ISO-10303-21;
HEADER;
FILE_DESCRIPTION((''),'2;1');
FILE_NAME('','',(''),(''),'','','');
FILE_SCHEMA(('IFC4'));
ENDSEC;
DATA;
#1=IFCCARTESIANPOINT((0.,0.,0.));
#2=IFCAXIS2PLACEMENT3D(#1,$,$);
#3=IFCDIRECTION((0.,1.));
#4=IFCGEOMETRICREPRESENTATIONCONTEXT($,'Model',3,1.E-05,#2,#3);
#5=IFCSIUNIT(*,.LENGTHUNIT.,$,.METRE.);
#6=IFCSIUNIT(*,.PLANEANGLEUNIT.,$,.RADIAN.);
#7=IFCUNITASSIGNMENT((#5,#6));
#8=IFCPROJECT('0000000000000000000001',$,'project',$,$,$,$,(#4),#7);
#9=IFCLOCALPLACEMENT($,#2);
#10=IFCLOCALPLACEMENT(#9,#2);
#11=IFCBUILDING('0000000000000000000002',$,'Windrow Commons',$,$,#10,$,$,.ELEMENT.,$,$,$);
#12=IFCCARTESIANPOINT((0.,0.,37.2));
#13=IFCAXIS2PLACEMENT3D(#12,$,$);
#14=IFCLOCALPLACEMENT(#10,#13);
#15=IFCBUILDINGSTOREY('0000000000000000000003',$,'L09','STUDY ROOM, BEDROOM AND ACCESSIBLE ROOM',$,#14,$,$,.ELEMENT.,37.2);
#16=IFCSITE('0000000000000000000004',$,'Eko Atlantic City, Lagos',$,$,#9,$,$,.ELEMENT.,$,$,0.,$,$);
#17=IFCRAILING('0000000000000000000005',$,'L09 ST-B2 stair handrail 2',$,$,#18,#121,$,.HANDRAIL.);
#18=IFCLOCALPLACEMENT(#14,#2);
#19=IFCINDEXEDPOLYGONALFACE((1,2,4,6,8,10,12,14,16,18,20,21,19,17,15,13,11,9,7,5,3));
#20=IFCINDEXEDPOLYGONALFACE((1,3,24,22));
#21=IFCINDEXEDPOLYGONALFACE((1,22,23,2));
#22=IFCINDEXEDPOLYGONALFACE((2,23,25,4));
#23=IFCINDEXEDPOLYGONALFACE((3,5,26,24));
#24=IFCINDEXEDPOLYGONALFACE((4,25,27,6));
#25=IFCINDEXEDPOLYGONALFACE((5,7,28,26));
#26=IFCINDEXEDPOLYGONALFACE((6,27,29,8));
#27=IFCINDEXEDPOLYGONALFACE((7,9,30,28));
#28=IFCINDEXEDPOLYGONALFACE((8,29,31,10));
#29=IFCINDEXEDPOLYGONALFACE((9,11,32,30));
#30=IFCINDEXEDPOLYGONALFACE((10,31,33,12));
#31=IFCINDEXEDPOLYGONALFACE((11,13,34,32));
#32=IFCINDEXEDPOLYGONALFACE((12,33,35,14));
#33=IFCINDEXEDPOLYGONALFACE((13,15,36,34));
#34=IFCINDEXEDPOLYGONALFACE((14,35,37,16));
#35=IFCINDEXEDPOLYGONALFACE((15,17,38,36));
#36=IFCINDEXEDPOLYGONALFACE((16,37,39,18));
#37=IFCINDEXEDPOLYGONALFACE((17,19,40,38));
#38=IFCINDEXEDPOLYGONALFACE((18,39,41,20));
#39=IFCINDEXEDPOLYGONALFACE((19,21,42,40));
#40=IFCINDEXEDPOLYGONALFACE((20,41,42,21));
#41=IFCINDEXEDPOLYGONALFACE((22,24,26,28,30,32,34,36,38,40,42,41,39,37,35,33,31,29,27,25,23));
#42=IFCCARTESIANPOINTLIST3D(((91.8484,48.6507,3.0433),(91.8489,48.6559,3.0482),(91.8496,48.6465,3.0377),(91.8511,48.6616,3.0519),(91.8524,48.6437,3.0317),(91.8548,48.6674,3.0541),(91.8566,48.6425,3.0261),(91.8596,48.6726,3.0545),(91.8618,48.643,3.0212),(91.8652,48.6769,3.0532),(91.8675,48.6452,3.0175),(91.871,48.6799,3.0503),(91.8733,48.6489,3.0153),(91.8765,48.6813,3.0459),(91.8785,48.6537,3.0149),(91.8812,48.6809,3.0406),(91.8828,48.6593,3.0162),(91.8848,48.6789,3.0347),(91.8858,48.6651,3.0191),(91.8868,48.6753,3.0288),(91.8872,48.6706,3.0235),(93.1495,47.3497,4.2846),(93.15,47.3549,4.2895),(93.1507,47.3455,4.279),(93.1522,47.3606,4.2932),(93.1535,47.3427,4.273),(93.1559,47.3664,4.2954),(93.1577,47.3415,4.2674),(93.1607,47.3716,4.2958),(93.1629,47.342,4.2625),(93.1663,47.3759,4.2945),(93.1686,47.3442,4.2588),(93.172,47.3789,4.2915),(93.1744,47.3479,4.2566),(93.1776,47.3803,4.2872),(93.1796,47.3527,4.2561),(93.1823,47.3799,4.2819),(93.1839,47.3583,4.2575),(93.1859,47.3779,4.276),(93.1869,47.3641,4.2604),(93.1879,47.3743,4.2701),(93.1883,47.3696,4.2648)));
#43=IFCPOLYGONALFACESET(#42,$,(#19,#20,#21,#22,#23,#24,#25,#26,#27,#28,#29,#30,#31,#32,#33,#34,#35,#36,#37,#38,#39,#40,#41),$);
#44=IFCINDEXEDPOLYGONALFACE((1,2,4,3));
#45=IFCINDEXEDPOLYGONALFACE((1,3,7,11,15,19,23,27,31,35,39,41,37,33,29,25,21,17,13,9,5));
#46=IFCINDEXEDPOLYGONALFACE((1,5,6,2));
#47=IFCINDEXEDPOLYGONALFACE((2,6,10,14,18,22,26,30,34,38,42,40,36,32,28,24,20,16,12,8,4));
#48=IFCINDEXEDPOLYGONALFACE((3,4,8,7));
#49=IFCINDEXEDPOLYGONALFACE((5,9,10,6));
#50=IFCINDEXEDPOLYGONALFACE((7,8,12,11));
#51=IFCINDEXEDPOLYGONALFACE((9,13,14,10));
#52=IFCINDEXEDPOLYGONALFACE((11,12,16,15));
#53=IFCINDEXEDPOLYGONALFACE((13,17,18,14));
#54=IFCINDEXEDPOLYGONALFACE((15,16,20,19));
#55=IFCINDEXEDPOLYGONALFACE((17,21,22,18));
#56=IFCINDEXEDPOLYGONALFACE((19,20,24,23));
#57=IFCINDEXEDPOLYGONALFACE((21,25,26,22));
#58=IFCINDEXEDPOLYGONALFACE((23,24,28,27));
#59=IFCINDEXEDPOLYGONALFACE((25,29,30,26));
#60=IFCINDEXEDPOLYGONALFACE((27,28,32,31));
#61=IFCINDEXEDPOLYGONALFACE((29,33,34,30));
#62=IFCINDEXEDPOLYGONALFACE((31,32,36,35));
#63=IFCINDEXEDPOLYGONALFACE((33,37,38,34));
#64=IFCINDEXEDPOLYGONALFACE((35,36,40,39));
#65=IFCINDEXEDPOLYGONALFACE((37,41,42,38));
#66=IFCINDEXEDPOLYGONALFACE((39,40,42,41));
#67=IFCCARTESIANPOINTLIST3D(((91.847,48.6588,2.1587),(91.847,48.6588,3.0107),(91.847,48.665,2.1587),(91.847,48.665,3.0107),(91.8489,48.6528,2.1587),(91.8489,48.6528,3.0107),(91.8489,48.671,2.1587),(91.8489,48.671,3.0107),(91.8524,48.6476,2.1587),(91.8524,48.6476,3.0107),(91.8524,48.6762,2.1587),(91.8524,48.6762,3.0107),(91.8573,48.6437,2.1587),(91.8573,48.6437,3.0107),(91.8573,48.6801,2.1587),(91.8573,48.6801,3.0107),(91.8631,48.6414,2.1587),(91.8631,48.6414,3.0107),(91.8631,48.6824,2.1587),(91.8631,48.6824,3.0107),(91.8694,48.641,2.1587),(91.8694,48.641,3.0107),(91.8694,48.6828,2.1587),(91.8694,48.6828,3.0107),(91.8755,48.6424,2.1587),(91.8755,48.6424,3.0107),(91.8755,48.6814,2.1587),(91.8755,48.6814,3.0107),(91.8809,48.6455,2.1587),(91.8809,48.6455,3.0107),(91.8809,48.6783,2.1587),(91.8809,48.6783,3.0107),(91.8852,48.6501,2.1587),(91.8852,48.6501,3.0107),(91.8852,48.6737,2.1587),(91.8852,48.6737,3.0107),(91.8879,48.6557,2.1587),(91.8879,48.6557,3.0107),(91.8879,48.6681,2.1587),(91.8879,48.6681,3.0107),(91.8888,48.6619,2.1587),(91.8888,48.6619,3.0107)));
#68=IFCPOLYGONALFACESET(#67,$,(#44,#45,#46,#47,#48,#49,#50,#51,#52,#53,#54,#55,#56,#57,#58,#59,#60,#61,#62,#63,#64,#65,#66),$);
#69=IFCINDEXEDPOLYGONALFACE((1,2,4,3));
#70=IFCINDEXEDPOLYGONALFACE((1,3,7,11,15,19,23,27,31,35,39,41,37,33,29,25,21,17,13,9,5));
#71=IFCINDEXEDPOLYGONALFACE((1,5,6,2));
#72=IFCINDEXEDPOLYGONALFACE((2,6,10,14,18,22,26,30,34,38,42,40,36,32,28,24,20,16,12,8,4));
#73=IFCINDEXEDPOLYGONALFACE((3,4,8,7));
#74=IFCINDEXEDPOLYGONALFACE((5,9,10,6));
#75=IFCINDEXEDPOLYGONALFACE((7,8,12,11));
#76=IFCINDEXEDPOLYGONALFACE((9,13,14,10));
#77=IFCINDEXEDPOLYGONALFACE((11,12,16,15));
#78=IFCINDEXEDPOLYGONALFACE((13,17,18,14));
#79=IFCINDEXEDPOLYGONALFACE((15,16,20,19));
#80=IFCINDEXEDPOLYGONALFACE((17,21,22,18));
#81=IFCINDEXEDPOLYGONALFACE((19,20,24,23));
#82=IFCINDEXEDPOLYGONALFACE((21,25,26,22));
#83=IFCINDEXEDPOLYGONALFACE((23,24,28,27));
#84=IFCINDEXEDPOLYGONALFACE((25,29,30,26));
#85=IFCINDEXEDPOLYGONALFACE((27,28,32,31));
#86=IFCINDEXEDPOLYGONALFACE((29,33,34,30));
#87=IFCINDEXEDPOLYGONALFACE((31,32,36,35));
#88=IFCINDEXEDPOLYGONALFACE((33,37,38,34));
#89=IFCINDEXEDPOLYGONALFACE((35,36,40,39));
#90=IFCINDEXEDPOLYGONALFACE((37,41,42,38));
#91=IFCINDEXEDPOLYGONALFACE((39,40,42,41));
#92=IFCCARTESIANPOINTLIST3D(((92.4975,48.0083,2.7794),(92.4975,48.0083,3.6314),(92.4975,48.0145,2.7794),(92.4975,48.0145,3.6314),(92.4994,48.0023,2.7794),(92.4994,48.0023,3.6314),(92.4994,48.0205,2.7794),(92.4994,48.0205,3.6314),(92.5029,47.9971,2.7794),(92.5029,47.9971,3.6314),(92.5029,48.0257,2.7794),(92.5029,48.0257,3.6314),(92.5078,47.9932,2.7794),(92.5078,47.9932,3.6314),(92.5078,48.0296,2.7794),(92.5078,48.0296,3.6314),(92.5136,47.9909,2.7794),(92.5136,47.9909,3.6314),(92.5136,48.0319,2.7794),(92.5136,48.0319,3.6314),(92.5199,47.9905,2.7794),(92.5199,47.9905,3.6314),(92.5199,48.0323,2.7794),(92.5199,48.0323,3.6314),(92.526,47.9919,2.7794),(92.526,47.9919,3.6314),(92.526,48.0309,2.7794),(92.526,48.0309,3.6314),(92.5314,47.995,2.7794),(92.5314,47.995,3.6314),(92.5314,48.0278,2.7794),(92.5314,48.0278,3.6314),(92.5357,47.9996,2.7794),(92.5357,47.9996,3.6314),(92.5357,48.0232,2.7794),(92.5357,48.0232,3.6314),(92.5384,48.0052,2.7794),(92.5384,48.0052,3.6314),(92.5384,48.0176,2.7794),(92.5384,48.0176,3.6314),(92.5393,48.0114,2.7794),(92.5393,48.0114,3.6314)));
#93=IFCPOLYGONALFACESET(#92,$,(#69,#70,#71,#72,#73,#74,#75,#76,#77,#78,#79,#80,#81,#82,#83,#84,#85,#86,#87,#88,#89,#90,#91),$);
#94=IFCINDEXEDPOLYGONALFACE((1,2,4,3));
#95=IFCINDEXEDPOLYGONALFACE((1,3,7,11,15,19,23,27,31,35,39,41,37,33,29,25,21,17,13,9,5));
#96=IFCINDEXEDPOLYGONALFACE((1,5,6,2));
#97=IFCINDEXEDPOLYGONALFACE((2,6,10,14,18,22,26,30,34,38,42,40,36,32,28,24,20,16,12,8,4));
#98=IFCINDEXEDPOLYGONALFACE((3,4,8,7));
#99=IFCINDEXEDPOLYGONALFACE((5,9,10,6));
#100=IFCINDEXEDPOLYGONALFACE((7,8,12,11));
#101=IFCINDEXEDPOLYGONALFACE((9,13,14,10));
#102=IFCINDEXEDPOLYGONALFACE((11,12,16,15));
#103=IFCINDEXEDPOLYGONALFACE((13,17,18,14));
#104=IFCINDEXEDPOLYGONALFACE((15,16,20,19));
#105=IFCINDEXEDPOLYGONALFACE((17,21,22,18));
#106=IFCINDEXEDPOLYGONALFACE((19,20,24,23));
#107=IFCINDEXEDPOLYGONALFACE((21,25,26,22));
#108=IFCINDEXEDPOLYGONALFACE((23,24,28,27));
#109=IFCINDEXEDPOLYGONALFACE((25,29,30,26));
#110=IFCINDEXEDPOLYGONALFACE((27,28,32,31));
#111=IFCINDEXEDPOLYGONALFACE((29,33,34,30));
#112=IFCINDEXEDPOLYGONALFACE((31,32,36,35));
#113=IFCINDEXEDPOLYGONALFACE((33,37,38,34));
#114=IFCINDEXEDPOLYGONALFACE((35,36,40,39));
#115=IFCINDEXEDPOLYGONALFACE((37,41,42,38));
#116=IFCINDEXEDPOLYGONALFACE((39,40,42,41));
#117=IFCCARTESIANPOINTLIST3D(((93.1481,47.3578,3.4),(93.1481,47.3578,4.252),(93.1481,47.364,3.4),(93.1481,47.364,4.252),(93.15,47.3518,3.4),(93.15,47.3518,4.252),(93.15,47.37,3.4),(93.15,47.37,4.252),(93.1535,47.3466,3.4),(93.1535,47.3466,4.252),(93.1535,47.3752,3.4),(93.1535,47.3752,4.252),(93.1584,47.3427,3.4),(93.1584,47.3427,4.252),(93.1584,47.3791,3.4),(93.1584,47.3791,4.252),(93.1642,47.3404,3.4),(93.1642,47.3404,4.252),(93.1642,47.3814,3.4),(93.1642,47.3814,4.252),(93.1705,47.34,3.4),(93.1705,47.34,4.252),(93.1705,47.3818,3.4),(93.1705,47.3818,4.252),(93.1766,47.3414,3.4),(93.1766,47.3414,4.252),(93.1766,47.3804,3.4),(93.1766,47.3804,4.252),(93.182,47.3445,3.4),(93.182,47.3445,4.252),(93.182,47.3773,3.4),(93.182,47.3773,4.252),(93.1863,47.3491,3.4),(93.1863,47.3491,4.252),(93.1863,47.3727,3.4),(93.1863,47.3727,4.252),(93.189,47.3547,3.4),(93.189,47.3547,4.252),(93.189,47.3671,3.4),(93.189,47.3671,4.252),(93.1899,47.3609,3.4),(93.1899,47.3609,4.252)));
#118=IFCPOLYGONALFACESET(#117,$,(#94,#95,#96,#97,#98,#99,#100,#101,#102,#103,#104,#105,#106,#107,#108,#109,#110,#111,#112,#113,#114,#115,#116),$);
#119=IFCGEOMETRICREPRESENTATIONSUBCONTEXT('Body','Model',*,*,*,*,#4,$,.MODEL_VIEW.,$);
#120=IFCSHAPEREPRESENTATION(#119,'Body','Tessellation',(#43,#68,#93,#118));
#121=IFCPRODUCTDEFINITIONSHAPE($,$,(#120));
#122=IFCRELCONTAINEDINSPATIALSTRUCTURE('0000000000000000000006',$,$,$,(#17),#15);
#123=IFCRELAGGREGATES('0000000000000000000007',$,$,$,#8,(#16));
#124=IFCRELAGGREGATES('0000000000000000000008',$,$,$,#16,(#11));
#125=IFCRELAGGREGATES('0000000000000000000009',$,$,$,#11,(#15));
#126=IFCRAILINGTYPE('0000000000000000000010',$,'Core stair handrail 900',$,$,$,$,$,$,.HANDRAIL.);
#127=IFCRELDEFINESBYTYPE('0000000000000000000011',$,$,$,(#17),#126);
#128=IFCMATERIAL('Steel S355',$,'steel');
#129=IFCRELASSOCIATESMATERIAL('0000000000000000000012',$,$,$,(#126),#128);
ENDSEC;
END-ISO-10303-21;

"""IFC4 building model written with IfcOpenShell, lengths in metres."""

from ifc_helpers import new_model, si_unit, direction, frame, origin, origin_2d, place, context, subcontext, project, spatial, circle, extrude, material, type_object, element, save


model = new_model("IFC4")

# Units and contexts
model_context = context("Model", 3, precision=1e-05, world=origin(), true_north=direction((0.0, 1.0)))
body_context = subcontext(model_context, "Body", "Model", "MODEL_VIEW")
ifc_project = project(units=[si_unit("LENGTHUNIT", "METRE"), si_unit("PLANEANGLEUNIT", "RADIAN")], contexts=[model_context])

# Site, building, storey
site_placement = place(None, origin())
site = spatial("IfcSite", under=ifc_project, at=site_placement, Name="Eko Atlantic City, Lagos", CompositionType="ELEMENT", RefElevation=0.0)
building_placement = place(site_placement, origin())
building = spatial("IfcBuilding", under=site, at=building_placement, Name="Windrow Commons", CompositionType="ELEMENT")
storey_placement = place(building_placement, frame((0.0, 0.0, 37.2)))
storey = spatial("IfcBuildingStorey", under=building, at=storey_placement, Name="L09", Description="STUDY ROOM, BEDROOM AND ACCESSIBLE ROOM", CompositionType="ELEMENT", Elevation=37.2)

# Railing
ifc_material_1 = material(Name="Steel S355", Category="steel")
railing_type_1 = type_object("IfcRailingType", Name="Core stair handrail 900", PredefinedType="HANDRAIL", material=ifc_material_1)
railing_1_placement = place(storey_placement, frame((91.8678, 48.6619, 2.1587)))
element("IfcRailing", 1, at=railing_1_placement, inside=storey, type_object=railing_type_1, Name="L09 ST-B2 stair handrail 2", PredefinedType="HANDRAIL", context=body_context, shape_type="SweptSolid", body=[
    extrude(circle(Radius=0.024, at=origin_2d()), frame((0.0, 0.0, 0.876), z_axis=(0.586207, -0.586162, 0.559264), x_axis=(0.70708, 0.707134, 0.0)), (0.0, 0.0, 1.0), 2.2195),
    extrude(circle(Radius=0.021, at=origin_2d()), origin(), (0.0, 0.0, 1.0), 0.852),
    extrude(circle(Radius=0.021, at=origin_2d()), frame((0.6505, -0.6505, 0.6207)), (0.0, 0.0, 1.0), 0.852),
    extrude(circle(Radius=0.021, at=origin_2d()), frame((1.3011, -1.301, 1.2413)), (0.0, 0.0, 1.0), 0.852),
])

save(model, "model.ifc")
